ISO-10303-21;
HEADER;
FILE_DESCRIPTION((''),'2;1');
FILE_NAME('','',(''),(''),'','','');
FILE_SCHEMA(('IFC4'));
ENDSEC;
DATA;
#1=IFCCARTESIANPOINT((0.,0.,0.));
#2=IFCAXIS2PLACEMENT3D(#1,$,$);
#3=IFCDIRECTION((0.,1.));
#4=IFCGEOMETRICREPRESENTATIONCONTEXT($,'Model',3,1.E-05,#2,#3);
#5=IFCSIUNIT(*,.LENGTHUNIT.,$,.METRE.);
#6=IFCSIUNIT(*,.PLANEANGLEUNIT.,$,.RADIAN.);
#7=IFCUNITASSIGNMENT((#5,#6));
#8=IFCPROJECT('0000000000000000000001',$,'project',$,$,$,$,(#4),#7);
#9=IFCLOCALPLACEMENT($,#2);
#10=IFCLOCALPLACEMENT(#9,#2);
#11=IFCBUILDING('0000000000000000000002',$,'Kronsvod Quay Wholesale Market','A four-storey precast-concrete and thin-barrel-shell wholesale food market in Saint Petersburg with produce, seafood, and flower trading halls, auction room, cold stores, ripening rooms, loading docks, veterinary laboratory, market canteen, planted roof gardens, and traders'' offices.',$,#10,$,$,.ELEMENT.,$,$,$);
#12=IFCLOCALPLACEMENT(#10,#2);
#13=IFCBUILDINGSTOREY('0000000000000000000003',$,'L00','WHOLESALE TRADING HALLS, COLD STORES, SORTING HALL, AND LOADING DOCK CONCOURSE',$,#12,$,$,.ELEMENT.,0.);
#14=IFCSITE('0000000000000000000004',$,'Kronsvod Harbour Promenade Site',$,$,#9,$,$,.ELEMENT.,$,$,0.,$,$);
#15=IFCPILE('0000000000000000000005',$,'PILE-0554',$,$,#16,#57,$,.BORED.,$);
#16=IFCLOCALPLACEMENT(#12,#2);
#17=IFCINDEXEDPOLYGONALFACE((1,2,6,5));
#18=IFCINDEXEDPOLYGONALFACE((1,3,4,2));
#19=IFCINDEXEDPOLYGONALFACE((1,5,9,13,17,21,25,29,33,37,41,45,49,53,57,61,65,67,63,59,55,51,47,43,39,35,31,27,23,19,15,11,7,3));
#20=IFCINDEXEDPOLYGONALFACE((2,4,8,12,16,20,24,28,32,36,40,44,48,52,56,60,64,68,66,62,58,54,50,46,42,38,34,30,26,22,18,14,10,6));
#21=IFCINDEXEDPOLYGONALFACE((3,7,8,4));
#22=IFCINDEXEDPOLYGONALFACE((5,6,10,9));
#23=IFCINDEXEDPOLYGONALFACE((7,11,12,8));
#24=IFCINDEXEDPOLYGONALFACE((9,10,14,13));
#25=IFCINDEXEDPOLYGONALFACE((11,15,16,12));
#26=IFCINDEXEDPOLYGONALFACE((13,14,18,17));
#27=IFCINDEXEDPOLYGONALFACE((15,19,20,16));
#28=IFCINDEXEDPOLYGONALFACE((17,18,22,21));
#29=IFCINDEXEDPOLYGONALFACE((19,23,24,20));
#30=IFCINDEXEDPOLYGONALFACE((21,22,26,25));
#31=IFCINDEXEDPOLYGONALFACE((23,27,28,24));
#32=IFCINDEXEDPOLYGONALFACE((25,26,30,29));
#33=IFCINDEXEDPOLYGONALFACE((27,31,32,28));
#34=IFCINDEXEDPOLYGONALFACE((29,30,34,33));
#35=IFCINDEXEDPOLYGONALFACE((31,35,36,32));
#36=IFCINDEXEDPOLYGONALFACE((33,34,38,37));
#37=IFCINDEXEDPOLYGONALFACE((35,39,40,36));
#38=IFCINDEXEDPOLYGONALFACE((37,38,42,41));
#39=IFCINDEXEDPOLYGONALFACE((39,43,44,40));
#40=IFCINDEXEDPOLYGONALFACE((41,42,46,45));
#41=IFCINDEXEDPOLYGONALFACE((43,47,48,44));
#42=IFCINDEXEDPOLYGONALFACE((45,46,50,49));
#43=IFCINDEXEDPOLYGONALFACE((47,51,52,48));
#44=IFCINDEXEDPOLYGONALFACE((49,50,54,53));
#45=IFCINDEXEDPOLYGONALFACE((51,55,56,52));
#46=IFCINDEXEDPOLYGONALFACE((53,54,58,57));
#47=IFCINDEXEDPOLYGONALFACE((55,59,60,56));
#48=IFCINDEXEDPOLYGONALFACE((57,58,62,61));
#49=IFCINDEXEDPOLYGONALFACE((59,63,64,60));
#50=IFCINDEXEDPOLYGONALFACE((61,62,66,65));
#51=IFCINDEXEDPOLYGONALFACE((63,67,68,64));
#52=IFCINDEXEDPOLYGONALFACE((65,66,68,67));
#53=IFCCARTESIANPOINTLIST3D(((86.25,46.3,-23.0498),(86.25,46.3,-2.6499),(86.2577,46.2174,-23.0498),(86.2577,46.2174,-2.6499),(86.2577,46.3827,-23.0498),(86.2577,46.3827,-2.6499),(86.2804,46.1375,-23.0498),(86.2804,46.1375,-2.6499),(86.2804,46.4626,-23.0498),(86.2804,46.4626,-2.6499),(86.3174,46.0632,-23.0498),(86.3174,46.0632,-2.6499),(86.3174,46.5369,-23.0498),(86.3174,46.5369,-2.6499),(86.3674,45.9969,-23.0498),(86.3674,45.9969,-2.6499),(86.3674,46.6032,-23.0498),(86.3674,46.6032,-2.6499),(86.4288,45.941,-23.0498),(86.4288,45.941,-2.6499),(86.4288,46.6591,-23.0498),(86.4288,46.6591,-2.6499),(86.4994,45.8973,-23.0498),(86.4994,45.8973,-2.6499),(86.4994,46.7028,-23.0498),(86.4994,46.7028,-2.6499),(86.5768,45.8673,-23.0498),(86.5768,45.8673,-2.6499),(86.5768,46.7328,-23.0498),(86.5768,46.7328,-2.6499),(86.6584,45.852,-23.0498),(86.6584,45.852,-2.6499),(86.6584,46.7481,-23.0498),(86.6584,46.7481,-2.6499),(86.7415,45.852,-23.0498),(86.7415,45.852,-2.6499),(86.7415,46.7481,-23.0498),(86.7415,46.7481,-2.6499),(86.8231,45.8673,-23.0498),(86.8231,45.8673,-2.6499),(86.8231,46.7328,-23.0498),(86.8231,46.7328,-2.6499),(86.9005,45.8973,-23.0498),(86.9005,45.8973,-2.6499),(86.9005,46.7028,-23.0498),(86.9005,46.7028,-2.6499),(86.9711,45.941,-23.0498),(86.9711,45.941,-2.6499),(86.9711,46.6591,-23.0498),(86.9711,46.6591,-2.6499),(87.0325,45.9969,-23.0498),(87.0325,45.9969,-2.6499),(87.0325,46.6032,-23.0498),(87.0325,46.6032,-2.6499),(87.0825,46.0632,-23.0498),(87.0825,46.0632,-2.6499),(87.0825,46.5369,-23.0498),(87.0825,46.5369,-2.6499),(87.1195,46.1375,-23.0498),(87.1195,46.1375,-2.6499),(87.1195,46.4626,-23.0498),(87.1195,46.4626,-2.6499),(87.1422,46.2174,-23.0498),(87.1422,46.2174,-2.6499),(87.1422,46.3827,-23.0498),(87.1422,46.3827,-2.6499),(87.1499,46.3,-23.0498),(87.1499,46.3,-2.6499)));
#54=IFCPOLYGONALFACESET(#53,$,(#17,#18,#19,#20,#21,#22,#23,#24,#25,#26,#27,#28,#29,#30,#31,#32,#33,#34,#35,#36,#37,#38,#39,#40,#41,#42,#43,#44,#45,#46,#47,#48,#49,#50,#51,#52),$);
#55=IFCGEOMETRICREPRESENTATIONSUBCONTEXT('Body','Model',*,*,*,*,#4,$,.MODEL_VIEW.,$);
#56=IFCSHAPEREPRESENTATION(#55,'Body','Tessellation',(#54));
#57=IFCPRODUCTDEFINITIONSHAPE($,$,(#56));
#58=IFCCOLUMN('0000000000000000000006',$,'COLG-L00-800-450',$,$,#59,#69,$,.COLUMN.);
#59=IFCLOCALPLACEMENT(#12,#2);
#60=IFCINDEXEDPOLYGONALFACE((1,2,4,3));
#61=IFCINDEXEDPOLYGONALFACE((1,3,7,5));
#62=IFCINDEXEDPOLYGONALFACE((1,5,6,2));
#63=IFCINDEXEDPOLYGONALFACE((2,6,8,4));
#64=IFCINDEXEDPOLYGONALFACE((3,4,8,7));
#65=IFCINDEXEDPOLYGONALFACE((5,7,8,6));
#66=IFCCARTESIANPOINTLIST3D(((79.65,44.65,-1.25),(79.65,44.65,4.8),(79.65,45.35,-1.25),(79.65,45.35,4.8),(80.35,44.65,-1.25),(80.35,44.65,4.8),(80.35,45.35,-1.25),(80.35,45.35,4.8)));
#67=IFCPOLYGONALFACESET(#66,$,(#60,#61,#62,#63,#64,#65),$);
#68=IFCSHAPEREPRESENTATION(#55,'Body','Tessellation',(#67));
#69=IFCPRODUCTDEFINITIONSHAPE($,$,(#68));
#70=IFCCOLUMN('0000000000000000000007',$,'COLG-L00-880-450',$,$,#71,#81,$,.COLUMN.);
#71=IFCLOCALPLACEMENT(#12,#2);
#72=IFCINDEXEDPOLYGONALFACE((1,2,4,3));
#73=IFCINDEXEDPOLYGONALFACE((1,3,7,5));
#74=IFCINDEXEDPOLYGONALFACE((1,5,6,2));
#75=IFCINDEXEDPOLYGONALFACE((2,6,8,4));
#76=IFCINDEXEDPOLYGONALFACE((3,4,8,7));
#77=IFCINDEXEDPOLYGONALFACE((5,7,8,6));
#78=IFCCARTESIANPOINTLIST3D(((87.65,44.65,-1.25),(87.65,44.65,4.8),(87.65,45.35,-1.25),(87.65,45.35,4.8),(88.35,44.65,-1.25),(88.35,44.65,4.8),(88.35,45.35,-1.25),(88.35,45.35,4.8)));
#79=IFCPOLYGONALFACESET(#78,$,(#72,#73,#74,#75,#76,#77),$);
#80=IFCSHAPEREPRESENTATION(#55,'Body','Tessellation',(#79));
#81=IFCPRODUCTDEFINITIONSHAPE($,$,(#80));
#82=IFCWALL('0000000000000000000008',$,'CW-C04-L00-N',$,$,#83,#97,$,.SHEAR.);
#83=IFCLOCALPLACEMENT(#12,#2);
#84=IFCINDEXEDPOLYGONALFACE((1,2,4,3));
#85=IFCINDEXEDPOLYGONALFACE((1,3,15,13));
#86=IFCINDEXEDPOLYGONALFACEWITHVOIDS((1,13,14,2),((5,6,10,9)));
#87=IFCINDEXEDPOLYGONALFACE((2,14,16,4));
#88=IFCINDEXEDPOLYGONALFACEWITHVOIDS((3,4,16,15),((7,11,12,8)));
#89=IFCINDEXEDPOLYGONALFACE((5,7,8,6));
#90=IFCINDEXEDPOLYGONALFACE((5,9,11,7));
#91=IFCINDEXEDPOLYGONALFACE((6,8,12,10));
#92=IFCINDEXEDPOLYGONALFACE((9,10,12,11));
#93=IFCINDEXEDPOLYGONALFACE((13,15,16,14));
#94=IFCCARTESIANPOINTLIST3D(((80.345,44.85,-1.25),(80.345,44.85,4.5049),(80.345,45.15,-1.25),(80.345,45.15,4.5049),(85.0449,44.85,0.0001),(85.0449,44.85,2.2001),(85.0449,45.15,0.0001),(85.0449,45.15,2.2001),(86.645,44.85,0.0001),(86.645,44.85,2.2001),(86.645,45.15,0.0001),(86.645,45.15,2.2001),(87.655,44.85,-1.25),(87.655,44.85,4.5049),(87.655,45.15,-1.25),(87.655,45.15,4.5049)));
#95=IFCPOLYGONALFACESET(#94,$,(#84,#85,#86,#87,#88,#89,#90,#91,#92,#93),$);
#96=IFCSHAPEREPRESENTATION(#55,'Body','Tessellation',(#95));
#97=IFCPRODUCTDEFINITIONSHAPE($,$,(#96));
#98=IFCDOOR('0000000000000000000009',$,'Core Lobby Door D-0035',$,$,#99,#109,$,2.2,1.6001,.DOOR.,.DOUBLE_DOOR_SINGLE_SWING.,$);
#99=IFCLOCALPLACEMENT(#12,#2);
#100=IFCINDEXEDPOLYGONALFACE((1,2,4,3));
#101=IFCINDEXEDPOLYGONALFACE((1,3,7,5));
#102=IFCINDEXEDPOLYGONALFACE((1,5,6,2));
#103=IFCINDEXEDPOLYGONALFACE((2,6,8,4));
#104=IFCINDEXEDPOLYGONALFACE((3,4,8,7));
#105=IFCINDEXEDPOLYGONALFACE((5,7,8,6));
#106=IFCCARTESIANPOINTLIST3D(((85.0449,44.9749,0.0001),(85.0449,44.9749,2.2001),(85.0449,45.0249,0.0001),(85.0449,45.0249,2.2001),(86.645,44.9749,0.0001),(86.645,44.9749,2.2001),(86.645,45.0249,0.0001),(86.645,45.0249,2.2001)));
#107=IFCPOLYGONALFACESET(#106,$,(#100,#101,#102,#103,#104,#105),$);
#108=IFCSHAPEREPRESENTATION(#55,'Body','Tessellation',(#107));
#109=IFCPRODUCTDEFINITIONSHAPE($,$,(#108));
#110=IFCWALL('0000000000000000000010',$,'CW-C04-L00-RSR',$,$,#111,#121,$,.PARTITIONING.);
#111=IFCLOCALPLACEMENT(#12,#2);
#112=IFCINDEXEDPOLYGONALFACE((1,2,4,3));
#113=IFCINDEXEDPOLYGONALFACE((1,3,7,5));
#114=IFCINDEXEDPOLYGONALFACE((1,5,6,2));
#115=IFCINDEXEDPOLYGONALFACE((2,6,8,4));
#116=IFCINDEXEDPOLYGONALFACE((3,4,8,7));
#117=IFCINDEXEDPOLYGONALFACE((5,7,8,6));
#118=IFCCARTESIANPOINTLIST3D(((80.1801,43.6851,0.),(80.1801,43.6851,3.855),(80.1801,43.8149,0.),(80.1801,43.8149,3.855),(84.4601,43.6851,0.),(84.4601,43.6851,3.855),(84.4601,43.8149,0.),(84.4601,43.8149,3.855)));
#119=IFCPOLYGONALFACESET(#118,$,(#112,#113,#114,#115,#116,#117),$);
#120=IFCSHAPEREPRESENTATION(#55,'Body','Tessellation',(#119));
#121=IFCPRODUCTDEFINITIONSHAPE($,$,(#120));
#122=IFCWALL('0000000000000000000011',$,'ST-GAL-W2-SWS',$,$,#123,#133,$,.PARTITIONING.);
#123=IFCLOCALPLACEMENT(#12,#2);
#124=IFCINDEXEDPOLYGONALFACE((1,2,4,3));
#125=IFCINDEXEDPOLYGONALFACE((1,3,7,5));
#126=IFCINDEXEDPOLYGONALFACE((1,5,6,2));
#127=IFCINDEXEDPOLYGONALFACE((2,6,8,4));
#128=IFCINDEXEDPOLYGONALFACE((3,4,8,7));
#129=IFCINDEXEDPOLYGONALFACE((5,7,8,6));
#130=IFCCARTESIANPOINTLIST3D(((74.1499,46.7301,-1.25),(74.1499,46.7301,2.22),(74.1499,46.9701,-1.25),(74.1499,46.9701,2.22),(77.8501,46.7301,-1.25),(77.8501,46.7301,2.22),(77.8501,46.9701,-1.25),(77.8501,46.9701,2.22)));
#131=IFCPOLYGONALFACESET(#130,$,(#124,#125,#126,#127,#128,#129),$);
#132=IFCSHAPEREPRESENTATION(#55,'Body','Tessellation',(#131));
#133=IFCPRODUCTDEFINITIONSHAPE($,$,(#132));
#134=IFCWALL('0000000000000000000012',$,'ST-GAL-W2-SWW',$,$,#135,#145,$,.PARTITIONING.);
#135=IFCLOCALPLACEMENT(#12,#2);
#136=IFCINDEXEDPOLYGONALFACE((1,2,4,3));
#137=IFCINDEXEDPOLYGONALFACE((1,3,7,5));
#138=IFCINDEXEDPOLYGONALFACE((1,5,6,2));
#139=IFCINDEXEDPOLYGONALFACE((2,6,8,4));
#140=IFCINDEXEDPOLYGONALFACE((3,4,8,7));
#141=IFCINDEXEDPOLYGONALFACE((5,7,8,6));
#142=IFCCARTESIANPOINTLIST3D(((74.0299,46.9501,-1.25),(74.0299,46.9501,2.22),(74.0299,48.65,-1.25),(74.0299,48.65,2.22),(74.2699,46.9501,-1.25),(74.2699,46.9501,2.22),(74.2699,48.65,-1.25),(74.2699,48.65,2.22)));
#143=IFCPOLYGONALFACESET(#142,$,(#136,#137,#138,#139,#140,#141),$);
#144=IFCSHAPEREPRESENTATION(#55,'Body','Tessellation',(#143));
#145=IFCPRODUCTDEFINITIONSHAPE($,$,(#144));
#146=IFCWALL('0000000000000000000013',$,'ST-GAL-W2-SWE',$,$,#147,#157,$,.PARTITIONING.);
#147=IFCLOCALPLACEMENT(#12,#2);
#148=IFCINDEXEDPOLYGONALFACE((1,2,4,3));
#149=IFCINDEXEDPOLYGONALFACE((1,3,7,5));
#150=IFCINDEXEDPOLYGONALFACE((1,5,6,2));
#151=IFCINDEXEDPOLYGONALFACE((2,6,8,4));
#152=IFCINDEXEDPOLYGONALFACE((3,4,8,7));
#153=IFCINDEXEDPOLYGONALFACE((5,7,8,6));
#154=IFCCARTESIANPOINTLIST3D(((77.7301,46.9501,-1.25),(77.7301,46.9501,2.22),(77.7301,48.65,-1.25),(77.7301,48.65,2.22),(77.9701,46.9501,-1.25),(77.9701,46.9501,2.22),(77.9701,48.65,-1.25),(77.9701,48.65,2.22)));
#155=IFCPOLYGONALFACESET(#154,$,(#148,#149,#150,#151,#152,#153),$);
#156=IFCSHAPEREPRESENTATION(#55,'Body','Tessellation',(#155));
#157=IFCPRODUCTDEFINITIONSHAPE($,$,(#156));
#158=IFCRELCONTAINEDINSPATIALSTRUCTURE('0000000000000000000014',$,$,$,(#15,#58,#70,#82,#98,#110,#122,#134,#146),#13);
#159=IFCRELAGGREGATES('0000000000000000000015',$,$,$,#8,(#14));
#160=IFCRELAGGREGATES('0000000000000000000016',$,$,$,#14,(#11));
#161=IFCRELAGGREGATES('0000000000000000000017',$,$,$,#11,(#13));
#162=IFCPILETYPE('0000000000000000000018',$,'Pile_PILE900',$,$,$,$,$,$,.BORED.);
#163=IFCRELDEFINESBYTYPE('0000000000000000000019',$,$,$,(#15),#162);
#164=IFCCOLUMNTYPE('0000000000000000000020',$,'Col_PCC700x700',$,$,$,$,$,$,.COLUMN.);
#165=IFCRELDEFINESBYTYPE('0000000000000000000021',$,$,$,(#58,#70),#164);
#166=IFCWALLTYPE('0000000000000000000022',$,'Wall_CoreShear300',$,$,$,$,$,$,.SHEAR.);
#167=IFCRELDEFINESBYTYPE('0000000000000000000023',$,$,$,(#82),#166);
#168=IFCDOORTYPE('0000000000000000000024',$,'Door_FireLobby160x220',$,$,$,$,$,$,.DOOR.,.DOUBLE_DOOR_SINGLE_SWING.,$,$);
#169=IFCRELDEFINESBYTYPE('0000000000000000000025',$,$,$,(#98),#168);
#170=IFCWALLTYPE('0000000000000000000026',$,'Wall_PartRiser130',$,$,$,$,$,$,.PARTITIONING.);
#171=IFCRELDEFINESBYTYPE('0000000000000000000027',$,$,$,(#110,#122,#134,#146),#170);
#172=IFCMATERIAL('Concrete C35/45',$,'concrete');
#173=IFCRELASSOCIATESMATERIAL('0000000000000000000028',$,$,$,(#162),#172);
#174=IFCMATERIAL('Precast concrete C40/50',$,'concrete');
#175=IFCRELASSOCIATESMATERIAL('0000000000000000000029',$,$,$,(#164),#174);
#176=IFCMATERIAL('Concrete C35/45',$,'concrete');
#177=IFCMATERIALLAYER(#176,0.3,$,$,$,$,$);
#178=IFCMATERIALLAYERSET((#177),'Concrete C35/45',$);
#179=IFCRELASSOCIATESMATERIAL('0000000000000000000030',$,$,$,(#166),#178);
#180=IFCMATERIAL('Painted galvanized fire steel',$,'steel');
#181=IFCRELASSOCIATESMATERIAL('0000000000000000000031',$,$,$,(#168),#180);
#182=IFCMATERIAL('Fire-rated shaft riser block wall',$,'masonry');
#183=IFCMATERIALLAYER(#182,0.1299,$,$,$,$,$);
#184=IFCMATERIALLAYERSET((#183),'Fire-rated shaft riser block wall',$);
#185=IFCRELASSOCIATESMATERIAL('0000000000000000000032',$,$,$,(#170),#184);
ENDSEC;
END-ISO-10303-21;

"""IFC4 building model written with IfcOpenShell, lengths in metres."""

from ifc_helpers import new_model, si_unit, direction, frame, frame_2d, origin, origin_2d, place, context, subcontext, project, spatial, rectangle, circle, extrude, material, layer, layer_set, material_profile, profile_set, type_object, element, fill, save


model = new_model("IFC4")

# Units and contexts
model_context = context("Model", 3, precision=1e-05, world=origin(), true_north=direction((0.0, 1.0)))
body_context = subcontext(model_context, "Body", "Model", "MODEL_VIEW")
ifc_project = project(units=[si_unit("LENGTHUNIT", "METRE"), si_unit("PLANEANGLEUNIT", "RADIAN")], contexts=[model_context])

# Site, building, storey
site_placement = place(None, origin())
site = spatial("IfcSite", under=ifc_project, at=site_placement, Name="Kronsvod Harbour Promenade Site", CompositionType="ELEMENT", RefElevation=0.0)
building_placement = place(site_placement, origin())
building = spatial("IfcBuilding", under=site, at=building_placement, Name="Kronsvod Quay Wholesale Market", Description="A four-storey precast-concrete and thin-barrel-shell wholesale food market in Saint Petersburg with produce, seafood, and flower trading halls, auction room, cold stores, ripening rooms, loading docks, veterinary laboratory, market canteen, planted roof gardens, and traders' offices.", CompositionType="ELEMENT")
storey_placement = place(building_placement, origin())
storey = spatial("IfcBuildingStorey", under=building, at=storey_placement, Name="L00", Description="WHOLESALE TRADING HALLS, COLD STORES, SORTING HALL, AND LOADING DOCK CONCOURSE", CompositionType="ELEMENT", Elevation=0.0)

# Pile
ifc_material_1 = material(Name="Concrete C35/45", Category="concrete")
ifc_material_profile_1 = material_profile(ifc_material_1, circle(Radius=0.45, at=origin_2d()), Name="PILE900")
ifc_profile_set_1 = profile_set([ifc_material_profile_1], Name="Concrete C35/45")
pile_type_1 = type_object("IfcPileType", Name="Pile_PILE900", PredefinedType="BORED", material=ifc_profile_set_1)
for number, where, z_axis, x_axis, name in (
    (1, (86.7, 46.3, -2.6499), (0.0, 0.0, -1.0), (1.0, 0.0, 0.0), "PILE-0554"),
):
    element("IfcPile", number, at=place(storey_placement, frame(where, z_axis=z_axis, x_axis=x_axis)), inside=storey, type_object=pile_type_1, Name=name, PredefinedType="BORED", context=body_context, shape_type="SweptSolid", body=[
        extrude(circle(Radius=0.45, at=origin_2d()), origin(), (0.0, 0.0, 1.0), 20.3999),
    ])

# Columns
ifc_material_2 = material(Name="Precast concrete C40/50", Category="concrete")
ifc_material_profile_2 = material_profile(ifc_material_2, rectangle(XDim=0.7, YDim=0.7, at=origin_2d()), Name="PCC700x700")
ifc_profile_set_2 = profile_set([ifc_material_profile_2], Name="Precast concrete C40/50")
column_type = type_object("IfcColumnType", Name="Col_PCC700x700", PredefinedType="COLUMN", material=ifc_profile_set_2)
for number, where, z_axis, x_axis, name in (
    (2, (80.0, 45.0, -1.25), (0.0, 0.0, 1.0), (1.0, 0.0, 0.0), "COLG-L00-800-450"),
    (3, (88.0, 45.0, -1.25), (0.0, 0.0, 1.0), (1.0, 0.0, 0.0), "COLG-L00-880-450"),
):
    element("IfcColumn", number, at=place(storey_placement, frame(where, z_axis=z_axis, x_axis=x_axis)), inside=storey, type_object=column_type, Name=name, PredefinedType="COLUMN", context=body_context, shape_type="SweptSolid", body=[
        extrude(rectangle(XDim=0.7, YDim=0.7, at=origin_2d()), origin(), (0.0, 0.0, 1.0), 6.05),
    ])

# Wall, opening, door
ifc_material_3 = material(Name="Concrete C35/45", Category="concrete")
ifc_layer_1 = layer(ifc_material_3, 0.3)
ifc_layer_set_1 = layer_set([ifc_layer_1], Name="Concrete C35/45")
wall_type_1 = type_object("IfcWallType", Name="Wall_CoreShear300", PredefinedType="SHEAR", material=ifc_layer_set_1)
wall_1_placement = place(storey_placement, frame((80.345, 45.0, -1.25), z_axis=(0.0, 0.0, 1.0), x_axis=(1.0, 0.0, 0.0)))
wall_1 = element("IfcWall", 4, at=wall_1_placement, inside=storey, type_object=wall_type_1, Name="CW-C04-L00-N", PredefinedType="SHEAR", context=body_context, shape_type="SweptSolid", body=[
    extrude(rectangle(XDim=7.3101, YDim=0.3, at=frame_2d((3.655, 0.0))), origin(), (0.0, 0.0, 1.0), 5.7549),
])
opening_1_placement = place(wall_1_placement, frame((4.7, 0.0, 1.25)))
opening_1 = element("IfcOpeningElement", 5, at=opening_1_placement, cuts=wall_1, PredefinedType="OPENING", context=body_context, shape_type="SweptSolid", body=[
    extrude(rectangle(XDim=1.6001, YDim=2.2, at=frame_2d((0.8, 1.1001))), frame((0.0, 0.1602, 0.0), z_axis=(0.0, -1.0, 0.0), x_axis=(1.0, 0.0, 0.0)), (0.0, 0.0, 1.0), 0.3201),
])
ifc_material_4 = material(Name="Painted galvanized fire steel", Category="steel")
door_type_1 = type_object("IfcDoorType", Name="Door_FireLobby160x220", OperationType="DOUBLE_DOOR_SINGLE_SWING", PredefinedType="DOOR", material=ifc_material_4)
door_1_placement = place(opening_1_placement, origin())
door_1 = element("IfcDoor", 6, at=door_1_placement, inside=storey, type_object=door_type_1, Name="Core Lobby Door D-0035", OperationType="DOUBLE_DOOR_SINGLE_SWING", OverallHeight=2.2, OverallWidth=1.6001, PredefinedType="DOOR", context=body_context, shape_type="SweptSolid", body=[
    extrude(rectangle(XDim=1.6001, YDim=2.2, at=frame_2d((0.8, 1.1001))), frame((0.0, 0.0249, 0.0), z_axis=(0.0, -1.0, 0.0), x_axis=(1.0, 0.0, 0.0)), (0.0, 0.0, 1.0), 0.05),
])
fill(opening_1, door_1)

# Walls
ifc_material_5 = material(Name="Fire-rated shaft riser block wall", Category="masonry")
ifc_layer_2 = layer(ifc_material_5, 0.1299)
ifc_layer_set_2 = layer_set([ifc_layer_2], Name="Fire-rated shaft riser block wall")
wall_type_2 = type_object("IfcWallType", Name="Wall_PartRiser130", PredefinedType="PARTITIONING", material=ifc_layer_set_2)
wall_2_placement = place(storey_placement, frame((80.1799, 43.75, 0.0), z_axis=(0.0, 0.0, 1.0), x_axis=(1.0, 0.0, 0.0)))
element("IfcWall", 7, at=wall_2_placement, inside=storey, type_object=wall_type_2, Name="CW-C04-L00-RSR", PredefinedType="PARTITIONING", context=body_context, shape_type="SweptSolid", body=[
    extrude(rectangle(XDim=4.28, YDim=0.1299, at=frame_2d((2.1401, 0.0))), origin(), (0.0, 0.0, 1.0), 3.855),
])
wall_3_placement = place(storey_placement, frame((74.1499, 46.8501, -1.25), z_axis=(0.0, 0.0, 1.0), x_axis=(1.0, 0.0, 0.0)))
element("IfcWall", 8, at=wall_3_placement, inside=storey, type_object=wall_type_2, Name="ST-GAL-W2-SWS", PredefinedType="PARTITIONING", context=body_context, shape_type="SweptSolid", body=[
    extrude(rectangle(XDim=3.7002, YDim=0.24, at=frame_2d((1.8501, 0.0))), origin(), (0.0, 0.0, 1.0), 3.47),
])
for number, where, z_axis, x_axis, name in (
    (9, (74.1499, 46.95, -1.25), (0.0, 0.0, 1.0), (0.0, 1.0, 0.0), "ST-GAL-W2-SWW"),
    (10, (77.8501, 46.95, -1.25), (0.0, 0.0, 1.0), (0.0, 1.0, 0.0), "ST-GAL-W2-SWE"),
):
    element("IfcWall", number, at=place(storey_placement, frame(where, z_axis=z_axis, x_axis=x_axis)), inside=storey, type_object=wall_type_2, Name=name, PredefinedType="PARTITIONING", context=body_context, shape_type="SweptSolid", body=[
        extrude(rectangle(XDim=1.7, YDim=0.24, at=frame_2d((0.8501, 0.0))), origin(), (0.0, 0.0, 1.0), 3.47),
    ])

save(model, "model.ifc")
